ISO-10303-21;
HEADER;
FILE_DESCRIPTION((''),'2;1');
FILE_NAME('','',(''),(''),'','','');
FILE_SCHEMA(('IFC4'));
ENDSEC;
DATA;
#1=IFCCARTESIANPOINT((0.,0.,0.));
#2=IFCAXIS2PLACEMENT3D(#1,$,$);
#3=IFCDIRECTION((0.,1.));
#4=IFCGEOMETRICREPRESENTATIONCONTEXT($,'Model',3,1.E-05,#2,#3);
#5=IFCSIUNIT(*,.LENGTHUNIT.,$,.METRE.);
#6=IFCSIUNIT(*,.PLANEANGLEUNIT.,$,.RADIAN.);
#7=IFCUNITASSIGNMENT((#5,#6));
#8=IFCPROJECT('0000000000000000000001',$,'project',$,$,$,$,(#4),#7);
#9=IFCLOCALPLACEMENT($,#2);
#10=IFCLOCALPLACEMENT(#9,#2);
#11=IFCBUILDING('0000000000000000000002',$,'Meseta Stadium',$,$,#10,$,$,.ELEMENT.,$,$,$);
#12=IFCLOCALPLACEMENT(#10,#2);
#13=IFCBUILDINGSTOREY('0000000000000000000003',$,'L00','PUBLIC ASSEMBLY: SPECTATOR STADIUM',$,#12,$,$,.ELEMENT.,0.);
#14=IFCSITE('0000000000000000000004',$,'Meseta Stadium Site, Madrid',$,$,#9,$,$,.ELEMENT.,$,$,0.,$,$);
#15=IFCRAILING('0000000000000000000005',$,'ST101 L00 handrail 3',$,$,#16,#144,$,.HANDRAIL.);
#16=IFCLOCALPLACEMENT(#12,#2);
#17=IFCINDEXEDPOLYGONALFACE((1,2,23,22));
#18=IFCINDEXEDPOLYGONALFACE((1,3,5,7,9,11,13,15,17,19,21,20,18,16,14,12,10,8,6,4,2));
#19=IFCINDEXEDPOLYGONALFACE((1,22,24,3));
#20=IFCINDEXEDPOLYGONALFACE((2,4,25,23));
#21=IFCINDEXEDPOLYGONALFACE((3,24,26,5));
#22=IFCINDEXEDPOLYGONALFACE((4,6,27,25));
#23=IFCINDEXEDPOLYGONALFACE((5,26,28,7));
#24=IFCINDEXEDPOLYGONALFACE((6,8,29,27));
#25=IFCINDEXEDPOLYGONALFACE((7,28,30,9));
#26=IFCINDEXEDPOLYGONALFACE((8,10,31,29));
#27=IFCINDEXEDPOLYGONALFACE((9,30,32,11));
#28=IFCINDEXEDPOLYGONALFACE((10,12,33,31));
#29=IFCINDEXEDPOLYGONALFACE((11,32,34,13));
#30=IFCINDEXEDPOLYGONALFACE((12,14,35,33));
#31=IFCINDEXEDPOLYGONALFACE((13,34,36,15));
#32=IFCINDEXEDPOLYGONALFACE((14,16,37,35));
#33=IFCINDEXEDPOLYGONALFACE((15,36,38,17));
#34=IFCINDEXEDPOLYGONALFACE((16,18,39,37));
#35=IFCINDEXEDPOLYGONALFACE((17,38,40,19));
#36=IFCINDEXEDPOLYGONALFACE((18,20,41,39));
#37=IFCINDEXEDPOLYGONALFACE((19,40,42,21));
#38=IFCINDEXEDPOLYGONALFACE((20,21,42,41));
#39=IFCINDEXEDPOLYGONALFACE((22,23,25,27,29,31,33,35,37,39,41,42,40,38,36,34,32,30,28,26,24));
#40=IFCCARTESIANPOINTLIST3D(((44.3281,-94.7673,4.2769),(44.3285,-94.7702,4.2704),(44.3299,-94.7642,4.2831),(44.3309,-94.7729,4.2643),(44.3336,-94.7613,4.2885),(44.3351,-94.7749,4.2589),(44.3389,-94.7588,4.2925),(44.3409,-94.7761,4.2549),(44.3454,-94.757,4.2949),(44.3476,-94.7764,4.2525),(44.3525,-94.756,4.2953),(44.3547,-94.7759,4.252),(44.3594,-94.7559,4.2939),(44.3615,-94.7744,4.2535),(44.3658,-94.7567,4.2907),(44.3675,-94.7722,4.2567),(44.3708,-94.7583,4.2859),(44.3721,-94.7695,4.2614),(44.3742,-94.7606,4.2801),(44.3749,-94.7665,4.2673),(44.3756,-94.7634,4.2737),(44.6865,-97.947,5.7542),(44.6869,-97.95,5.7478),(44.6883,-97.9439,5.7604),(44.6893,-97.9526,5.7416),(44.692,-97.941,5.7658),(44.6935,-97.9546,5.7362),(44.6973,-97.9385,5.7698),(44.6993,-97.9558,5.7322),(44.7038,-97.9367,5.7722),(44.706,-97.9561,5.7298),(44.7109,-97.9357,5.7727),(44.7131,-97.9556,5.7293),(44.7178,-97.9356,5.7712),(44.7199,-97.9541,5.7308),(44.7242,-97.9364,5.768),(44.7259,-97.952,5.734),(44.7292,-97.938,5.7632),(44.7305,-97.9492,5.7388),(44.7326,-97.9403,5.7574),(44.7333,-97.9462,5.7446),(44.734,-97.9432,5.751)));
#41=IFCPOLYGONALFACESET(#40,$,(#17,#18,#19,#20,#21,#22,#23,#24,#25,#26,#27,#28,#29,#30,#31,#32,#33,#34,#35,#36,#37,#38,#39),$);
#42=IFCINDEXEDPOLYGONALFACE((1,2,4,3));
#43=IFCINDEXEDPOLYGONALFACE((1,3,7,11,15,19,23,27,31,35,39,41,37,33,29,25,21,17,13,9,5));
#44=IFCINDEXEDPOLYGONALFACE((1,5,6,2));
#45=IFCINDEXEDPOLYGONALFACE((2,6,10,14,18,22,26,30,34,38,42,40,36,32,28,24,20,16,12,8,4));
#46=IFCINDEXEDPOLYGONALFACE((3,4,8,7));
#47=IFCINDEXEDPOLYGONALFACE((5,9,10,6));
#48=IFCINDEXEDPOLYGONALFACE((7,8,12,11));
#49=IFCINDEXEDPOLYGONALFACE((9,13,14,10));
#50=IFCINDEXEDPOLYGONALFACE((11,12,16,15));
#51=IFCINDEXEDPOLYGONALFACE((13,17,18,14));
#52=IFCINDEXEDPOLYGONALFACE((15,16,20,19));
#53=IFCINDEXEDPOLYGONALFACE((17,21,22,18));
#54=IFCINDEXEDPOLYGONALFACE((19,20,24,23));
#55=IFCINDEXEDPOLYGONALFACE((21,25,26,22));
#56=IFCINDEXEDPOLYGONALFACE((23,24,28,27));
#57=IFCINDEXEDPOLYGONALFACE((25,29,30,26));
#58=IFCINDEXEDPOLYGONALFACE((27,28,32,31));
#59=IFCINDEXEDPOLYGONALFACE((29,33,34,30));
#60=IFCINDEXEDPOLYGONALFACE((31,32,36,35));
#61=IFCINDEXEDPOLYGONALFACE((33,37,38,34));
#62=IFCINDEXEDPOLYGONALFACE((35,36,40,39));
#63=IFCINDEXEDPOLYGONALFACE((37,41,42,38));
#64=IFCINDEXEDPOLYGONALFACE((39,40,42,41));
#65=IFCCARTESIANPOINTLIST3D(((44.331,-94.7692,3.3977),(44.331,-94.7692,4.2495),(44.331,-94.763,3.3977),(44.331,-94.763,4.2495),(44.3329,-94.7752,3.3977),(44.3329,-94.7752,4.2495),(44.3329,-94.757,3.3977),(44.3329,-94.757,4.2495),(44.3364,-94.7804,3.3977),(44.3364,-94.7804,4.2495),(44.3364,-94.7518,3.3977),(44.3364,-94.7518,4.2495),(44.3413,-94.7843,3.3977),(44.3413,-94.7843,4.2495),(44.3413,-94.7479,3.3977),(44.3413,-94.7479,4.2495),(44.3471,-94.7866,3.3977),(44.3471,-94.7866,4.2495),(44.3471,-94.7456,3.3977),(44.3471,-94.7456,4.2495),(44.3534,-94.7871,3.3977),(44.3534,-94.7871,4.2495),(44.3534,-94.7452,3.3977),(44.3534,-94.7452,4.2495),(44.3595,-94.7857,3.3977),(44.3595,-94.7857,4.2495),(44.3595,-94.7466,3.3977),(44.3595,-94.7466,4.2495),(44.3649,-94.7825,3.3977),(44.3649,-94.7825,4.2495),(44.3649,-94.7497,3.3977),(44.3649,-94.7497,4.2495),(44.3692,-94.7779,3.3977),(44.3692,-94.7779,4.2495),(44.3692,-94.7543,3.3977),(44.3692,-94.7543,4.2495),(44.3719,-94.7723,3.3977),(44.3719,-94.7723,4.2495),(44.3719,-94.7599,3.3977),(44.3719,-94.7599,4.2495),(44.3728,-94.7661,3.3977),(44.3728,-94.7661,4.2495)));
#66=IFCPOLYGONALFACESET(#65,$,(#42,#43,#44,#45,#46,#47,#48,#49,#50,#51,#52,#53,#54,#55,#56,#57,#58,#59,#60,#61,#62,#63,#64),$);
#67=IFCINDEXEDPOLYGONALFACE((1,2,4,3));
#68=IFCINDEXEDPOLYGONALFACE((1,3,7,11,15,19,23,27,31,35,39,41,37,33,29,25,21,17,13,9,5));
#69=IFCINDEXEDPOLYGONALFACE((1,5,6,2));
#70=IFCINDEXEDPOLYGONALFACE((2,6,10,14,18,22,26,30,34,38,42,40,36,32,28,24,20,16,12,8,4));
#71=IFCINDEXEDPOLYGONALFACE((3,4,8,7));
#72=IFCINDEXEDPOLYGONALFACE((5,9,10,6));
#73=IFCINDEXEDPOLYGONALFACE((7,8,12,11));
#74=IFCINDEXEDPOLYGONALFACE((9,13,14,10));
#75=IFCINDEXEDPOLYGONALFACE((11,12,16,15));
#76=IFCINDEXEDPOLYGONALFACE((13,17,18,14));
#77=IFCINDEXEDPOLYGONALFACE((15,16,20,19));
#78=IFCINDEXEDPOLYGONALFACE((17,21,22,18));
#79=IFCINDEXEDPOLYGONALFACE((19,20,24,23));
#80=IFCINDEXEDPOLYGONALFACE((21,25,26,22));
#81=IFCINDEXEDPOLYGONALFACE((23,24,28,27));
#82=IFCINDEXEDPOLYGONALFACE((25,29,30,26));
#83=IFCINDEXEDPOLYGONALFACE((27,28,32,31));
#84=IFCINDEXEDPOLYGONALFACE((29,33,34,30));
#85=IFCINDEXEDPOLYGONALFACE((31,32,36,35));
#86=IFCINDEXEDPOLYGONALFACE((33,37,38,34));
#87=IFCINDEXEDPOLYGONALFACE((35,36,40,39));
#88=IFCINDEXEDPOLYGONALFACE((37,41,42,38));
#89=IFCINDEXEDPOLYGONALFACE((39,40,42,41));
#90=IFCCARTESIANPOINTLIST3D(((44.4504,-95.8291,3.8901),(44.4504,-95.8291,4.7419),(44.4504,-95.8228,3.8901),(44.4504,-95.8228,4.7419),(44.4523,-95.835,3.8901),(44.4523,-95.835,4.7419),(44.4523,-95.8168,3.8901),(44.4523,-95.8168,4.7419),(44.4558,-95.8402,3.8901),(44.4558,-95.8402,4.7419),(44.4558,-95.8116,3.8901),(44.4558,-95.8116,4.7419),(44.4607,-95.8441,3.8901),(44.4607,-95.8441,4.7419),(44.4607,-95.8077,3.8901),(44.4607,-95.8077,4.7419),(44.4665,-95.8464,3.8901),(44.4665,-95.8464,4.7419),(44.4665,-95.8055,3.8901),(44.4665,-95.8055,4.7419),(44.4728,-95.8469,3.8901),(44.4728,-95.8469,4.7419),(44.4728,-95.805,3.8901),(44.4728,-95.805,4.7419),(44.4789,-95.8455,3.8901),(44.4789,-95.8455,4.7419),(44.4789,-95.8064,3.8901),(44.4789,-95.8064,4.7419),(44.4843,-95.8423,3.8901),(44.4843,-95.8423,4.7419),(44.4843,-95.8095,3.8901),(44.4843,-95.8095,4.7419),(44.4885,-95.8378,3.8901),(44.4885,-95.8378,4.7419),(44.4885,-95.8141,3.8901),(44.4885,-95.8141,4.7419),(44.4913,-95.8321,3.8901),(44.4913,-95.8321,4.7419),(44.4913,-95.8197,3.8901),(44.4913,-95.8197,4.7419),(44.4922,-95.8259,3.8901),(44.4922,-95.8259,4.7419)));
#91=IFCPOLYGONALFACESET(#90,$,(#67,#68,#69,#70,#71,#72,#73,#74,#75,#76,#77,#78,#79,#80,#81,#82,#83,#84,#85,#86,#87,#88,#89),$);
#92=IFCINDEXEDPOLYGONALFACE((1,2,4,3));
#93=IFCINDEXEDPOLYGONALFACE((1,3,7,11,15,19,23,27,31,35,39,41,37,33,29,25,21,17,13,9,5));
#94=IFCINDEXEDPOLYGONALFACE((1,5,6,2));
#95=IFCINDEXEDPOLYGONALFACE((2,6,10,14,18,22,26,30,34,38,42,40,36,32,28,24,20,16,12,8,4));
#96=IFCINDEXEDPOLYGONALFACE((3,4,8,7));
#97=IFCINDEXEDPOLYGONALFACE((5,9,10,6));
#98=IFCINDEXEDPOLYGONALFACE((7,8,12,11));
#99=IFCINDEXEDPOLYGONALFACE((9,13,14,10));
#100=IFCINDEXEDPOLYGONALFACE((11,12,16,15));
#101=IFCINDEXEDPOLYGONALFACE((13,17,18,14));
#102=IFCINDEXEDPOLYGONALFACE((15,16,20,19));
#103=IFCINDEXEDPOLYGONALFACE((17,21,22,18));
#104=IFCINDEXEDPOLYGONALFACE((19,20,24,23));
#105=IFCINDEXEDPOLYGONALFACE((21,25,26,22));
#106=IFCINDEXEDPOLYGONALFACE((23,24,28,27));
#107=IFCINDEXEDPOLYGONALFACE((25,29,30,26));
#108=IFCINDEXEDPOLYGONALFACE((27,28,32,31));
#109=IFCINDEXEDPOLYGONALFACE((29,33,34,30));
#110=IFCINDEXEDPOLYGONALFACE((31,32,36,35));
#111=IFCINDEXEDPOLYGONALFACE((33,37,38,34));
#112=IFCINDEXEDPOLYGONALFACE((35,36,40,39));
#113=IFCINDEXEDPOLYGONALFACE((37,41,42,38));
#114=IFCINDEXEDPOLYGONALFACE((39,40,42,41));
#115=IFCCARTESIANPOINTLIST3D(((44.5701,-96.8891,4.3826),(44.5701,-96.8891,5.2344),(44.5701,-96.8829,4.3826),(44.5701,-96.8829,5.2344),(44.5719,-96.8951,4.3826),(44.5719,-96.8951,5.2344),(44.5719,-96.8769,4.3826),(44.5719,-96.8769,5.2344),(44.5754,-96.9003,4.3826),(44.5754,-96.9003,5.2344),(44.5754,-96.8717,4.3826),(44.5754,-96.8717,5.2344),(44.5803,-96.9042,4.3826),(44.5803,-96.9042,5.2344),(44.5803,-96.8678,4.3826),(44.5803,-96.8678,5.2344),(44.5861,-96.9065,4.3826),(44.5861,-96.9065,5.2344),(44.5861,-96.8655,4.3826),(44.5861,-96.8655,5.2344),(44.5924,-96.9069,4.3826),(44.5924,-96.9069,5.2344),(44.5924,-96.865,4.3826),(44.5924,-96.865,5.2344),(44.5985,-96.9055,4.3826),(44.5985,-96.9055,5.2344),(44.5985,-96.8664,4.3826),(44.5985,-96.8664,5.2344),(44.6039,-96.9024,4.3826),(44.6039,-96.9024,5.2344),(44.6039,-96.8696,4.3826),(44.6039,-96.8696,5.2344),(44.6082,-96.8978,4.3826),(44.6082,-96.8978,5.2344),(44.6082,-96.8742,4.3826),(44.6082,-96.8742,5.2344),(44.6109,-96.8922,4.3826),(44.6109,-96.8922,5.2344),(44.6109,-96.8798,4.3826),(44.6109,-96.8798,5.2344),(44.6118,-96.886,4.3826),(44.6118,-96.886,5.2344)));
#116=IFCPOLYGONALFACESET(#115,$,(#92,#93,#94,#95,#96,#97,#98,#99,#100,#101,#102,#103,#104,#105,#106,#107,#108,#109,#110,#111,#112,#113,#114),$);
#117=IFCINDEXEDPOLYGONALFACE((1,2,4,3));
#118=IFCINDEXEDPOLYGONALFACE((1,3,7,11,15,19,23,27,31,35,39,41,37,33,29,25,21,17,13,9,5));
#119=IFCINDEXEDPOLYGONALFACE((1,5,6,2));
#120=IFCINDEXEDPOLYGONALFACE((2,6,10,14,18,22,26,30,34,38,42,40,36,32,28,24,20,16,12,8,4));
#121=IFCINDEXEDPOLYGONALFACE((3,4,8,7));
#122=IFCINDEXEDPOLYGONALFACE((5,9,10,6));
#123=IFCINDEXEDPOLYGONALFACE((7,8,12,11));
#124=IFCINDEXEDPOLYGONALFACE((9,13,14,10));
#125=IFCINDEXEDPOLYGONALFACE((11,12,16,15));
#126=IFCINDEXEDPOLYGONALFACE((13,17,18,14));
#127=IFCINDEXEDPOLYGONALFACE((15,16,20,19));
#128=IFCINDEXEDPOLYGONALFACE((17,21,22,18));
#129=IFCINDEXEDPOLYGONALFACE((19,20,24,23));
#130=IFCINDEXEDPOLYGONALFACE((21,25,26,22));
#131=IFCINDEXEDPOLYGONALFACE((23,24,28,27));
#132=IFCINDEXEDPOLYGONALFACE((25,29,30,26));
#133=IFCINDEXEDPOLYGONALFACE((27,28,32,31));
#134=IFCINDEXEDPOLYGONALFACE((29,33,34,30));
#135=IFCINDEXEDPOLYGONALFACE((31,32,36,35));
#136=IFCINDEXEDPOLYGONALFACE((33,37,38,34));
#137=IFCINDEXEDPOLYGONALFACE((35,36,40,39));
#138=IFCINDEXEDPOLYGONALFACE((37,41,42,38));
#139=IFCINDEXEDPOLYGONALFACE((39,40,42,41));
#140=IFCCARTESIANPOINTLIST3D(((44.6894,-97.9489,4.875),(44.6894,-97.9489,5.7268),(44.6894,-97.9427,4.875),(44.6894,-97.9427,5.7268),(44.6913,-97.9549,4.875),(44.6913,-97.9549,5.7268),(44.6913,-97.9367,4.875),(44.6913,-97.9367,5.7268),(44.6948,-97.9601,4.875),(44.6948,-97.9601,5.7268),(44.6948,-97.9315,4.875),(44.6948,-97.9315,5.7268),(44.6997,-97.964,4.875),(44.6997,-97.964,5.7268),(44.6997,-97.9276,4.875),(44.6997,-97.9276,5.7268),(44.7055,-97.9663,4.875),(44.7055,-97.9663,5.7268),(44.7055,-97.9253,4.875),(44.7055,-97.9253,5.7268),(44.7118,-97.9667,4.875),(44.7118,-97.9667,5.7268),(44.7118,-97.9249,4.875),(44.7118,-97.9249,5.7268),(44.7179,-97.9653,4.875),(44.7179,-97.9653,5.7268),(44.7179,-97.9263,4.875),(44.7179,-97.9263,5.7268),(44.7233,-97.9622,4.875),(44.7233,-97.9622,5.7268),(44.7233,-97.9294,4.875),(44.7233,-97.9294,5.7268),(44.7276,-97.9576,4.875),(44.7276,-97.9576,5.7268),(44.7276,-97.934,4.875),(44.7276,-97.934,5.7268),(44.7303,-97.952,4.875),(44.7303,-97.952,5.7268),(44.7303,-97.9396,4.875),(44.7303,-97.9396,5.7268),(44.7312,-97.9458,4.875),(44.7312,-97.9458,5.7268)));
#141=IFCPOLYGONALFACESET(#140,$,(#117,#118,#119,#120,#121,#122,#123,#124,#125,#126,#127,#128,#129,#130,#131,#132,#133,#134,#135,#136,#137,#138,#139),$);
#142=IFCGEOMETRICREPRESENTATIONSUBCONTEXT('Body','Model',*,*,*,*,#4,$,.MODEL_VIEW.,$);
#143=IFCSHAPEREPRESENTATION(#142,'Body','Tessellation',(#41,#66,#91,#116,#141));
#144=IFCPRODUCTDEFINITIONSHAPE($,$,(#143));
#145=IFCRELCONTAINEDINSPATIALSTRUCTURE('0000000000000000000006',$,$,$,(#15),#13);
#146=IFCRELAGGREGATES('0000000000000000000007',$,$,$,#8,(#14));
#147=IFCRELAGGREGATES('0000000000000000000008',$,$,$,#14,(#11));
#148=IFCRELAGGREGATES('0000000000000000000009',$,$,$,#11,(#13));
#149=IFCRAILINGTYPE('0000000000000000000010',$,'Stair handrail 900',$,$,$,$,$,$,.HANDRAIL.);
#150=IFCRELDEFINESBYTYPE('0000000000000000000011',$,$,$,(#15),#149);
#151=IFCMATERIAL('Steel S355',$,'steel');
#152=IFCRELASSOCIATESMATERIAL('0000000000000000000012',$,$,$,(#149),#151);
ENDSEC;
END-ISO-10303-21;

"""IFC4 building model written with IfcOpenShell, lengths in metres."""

from ifc_helpers import new_model, si_unit, direction, frame, origin, origin_2d, place, context, subcontext, project, spatial, circle, extrude, material, type_object, element, save


model = new_model("IFC4")

# Units and contexts
model_context = context("Model", 3, precision=1e-05, world=origin(), true_north=direction((0.0, 1.0)))
body_context = subcontext(model_context, "Body", "Model", "MODEL_VIEW")
ifc_project = project(units=[si_unit("LENGTHUNIT", "METRE"), si_unit("PLANEANGLEUNIT", "RADIAN")], contexts=[model_context])

# Site, building, storey
site_placement = place(None, origin())
site = spatial("IfcSite", under=ifc_project, at=site_placement, Name="Meseta Stadium Site, Madrid", CompositionType="ELEMENT", RefElevation=0.0)
building_placement = place(site_placement, origin())
building = spatial("IfcBuilding", under=site, at=building_placement, Name="Meseta Stadium", CompositionType="ELEMENT")
storey_placement = place(building_placement, origin())
storey = spatial("IfcBuildingStorey", under=building, at=storey_placement, Name="L00", Description="PUBLIC ASSEMBLY: SPECTATOR STADIUM", CompositionType="ELEMENT", Elevation=0.0)

# Railing
ifc_material_1 = material(Name="Steel S355", Category="steel")
railing_type = type_object("IfcRailingType", Name="Stair handrail 900", PredefinedType="HANDRAIL", material=ifc_material_1)
for number, where, name in (
    (1, (44.3518, -94.7661, 3.3977), "ST101 L00 handrail 3"),
):
    element("IfcRailing", number, at=place(storey_placement, frame(where)), inside=storey, type_object=railing_type, Name=name, PredefinedType="HANDRAIL", context=body_context, shape_type="SweptSolid", body=[
        extrude(circle(Radius=0.0239, at=origin_2d()), frame((0.0, 0.0, 0.876), z_axis=(0.101691, -0.902197, 0.419164), x_axis=(0.993708, 0.112006, 0.0)), (0.0, 0.0, 1.0), 3.5244),
        extrude(circle(Radius=0.021, at=origin_2d()), origin(), (0.0, 0.0, 1.0), 0.8518),
        extrude(circle(Radius=0.021, at=origin_2d()), frame((0.1194, -1.0598, 0.4924)), (0.0, 0.0, 1.0), 0.8518),
        extrude(circle(Radius=0.021, at=origin_2d()), frame((0.239, -2.1199, 0.9849)), (0.0, 0.0, 1.0), 0.8518),
        extrude(circle(Radius=0.021, at=origin_2d()), frame((0.3584, -3.1797, 1.4773)), (0.0, 0.0, 1.0), 0.8518),
    ])

save(model, "model.ifc")
